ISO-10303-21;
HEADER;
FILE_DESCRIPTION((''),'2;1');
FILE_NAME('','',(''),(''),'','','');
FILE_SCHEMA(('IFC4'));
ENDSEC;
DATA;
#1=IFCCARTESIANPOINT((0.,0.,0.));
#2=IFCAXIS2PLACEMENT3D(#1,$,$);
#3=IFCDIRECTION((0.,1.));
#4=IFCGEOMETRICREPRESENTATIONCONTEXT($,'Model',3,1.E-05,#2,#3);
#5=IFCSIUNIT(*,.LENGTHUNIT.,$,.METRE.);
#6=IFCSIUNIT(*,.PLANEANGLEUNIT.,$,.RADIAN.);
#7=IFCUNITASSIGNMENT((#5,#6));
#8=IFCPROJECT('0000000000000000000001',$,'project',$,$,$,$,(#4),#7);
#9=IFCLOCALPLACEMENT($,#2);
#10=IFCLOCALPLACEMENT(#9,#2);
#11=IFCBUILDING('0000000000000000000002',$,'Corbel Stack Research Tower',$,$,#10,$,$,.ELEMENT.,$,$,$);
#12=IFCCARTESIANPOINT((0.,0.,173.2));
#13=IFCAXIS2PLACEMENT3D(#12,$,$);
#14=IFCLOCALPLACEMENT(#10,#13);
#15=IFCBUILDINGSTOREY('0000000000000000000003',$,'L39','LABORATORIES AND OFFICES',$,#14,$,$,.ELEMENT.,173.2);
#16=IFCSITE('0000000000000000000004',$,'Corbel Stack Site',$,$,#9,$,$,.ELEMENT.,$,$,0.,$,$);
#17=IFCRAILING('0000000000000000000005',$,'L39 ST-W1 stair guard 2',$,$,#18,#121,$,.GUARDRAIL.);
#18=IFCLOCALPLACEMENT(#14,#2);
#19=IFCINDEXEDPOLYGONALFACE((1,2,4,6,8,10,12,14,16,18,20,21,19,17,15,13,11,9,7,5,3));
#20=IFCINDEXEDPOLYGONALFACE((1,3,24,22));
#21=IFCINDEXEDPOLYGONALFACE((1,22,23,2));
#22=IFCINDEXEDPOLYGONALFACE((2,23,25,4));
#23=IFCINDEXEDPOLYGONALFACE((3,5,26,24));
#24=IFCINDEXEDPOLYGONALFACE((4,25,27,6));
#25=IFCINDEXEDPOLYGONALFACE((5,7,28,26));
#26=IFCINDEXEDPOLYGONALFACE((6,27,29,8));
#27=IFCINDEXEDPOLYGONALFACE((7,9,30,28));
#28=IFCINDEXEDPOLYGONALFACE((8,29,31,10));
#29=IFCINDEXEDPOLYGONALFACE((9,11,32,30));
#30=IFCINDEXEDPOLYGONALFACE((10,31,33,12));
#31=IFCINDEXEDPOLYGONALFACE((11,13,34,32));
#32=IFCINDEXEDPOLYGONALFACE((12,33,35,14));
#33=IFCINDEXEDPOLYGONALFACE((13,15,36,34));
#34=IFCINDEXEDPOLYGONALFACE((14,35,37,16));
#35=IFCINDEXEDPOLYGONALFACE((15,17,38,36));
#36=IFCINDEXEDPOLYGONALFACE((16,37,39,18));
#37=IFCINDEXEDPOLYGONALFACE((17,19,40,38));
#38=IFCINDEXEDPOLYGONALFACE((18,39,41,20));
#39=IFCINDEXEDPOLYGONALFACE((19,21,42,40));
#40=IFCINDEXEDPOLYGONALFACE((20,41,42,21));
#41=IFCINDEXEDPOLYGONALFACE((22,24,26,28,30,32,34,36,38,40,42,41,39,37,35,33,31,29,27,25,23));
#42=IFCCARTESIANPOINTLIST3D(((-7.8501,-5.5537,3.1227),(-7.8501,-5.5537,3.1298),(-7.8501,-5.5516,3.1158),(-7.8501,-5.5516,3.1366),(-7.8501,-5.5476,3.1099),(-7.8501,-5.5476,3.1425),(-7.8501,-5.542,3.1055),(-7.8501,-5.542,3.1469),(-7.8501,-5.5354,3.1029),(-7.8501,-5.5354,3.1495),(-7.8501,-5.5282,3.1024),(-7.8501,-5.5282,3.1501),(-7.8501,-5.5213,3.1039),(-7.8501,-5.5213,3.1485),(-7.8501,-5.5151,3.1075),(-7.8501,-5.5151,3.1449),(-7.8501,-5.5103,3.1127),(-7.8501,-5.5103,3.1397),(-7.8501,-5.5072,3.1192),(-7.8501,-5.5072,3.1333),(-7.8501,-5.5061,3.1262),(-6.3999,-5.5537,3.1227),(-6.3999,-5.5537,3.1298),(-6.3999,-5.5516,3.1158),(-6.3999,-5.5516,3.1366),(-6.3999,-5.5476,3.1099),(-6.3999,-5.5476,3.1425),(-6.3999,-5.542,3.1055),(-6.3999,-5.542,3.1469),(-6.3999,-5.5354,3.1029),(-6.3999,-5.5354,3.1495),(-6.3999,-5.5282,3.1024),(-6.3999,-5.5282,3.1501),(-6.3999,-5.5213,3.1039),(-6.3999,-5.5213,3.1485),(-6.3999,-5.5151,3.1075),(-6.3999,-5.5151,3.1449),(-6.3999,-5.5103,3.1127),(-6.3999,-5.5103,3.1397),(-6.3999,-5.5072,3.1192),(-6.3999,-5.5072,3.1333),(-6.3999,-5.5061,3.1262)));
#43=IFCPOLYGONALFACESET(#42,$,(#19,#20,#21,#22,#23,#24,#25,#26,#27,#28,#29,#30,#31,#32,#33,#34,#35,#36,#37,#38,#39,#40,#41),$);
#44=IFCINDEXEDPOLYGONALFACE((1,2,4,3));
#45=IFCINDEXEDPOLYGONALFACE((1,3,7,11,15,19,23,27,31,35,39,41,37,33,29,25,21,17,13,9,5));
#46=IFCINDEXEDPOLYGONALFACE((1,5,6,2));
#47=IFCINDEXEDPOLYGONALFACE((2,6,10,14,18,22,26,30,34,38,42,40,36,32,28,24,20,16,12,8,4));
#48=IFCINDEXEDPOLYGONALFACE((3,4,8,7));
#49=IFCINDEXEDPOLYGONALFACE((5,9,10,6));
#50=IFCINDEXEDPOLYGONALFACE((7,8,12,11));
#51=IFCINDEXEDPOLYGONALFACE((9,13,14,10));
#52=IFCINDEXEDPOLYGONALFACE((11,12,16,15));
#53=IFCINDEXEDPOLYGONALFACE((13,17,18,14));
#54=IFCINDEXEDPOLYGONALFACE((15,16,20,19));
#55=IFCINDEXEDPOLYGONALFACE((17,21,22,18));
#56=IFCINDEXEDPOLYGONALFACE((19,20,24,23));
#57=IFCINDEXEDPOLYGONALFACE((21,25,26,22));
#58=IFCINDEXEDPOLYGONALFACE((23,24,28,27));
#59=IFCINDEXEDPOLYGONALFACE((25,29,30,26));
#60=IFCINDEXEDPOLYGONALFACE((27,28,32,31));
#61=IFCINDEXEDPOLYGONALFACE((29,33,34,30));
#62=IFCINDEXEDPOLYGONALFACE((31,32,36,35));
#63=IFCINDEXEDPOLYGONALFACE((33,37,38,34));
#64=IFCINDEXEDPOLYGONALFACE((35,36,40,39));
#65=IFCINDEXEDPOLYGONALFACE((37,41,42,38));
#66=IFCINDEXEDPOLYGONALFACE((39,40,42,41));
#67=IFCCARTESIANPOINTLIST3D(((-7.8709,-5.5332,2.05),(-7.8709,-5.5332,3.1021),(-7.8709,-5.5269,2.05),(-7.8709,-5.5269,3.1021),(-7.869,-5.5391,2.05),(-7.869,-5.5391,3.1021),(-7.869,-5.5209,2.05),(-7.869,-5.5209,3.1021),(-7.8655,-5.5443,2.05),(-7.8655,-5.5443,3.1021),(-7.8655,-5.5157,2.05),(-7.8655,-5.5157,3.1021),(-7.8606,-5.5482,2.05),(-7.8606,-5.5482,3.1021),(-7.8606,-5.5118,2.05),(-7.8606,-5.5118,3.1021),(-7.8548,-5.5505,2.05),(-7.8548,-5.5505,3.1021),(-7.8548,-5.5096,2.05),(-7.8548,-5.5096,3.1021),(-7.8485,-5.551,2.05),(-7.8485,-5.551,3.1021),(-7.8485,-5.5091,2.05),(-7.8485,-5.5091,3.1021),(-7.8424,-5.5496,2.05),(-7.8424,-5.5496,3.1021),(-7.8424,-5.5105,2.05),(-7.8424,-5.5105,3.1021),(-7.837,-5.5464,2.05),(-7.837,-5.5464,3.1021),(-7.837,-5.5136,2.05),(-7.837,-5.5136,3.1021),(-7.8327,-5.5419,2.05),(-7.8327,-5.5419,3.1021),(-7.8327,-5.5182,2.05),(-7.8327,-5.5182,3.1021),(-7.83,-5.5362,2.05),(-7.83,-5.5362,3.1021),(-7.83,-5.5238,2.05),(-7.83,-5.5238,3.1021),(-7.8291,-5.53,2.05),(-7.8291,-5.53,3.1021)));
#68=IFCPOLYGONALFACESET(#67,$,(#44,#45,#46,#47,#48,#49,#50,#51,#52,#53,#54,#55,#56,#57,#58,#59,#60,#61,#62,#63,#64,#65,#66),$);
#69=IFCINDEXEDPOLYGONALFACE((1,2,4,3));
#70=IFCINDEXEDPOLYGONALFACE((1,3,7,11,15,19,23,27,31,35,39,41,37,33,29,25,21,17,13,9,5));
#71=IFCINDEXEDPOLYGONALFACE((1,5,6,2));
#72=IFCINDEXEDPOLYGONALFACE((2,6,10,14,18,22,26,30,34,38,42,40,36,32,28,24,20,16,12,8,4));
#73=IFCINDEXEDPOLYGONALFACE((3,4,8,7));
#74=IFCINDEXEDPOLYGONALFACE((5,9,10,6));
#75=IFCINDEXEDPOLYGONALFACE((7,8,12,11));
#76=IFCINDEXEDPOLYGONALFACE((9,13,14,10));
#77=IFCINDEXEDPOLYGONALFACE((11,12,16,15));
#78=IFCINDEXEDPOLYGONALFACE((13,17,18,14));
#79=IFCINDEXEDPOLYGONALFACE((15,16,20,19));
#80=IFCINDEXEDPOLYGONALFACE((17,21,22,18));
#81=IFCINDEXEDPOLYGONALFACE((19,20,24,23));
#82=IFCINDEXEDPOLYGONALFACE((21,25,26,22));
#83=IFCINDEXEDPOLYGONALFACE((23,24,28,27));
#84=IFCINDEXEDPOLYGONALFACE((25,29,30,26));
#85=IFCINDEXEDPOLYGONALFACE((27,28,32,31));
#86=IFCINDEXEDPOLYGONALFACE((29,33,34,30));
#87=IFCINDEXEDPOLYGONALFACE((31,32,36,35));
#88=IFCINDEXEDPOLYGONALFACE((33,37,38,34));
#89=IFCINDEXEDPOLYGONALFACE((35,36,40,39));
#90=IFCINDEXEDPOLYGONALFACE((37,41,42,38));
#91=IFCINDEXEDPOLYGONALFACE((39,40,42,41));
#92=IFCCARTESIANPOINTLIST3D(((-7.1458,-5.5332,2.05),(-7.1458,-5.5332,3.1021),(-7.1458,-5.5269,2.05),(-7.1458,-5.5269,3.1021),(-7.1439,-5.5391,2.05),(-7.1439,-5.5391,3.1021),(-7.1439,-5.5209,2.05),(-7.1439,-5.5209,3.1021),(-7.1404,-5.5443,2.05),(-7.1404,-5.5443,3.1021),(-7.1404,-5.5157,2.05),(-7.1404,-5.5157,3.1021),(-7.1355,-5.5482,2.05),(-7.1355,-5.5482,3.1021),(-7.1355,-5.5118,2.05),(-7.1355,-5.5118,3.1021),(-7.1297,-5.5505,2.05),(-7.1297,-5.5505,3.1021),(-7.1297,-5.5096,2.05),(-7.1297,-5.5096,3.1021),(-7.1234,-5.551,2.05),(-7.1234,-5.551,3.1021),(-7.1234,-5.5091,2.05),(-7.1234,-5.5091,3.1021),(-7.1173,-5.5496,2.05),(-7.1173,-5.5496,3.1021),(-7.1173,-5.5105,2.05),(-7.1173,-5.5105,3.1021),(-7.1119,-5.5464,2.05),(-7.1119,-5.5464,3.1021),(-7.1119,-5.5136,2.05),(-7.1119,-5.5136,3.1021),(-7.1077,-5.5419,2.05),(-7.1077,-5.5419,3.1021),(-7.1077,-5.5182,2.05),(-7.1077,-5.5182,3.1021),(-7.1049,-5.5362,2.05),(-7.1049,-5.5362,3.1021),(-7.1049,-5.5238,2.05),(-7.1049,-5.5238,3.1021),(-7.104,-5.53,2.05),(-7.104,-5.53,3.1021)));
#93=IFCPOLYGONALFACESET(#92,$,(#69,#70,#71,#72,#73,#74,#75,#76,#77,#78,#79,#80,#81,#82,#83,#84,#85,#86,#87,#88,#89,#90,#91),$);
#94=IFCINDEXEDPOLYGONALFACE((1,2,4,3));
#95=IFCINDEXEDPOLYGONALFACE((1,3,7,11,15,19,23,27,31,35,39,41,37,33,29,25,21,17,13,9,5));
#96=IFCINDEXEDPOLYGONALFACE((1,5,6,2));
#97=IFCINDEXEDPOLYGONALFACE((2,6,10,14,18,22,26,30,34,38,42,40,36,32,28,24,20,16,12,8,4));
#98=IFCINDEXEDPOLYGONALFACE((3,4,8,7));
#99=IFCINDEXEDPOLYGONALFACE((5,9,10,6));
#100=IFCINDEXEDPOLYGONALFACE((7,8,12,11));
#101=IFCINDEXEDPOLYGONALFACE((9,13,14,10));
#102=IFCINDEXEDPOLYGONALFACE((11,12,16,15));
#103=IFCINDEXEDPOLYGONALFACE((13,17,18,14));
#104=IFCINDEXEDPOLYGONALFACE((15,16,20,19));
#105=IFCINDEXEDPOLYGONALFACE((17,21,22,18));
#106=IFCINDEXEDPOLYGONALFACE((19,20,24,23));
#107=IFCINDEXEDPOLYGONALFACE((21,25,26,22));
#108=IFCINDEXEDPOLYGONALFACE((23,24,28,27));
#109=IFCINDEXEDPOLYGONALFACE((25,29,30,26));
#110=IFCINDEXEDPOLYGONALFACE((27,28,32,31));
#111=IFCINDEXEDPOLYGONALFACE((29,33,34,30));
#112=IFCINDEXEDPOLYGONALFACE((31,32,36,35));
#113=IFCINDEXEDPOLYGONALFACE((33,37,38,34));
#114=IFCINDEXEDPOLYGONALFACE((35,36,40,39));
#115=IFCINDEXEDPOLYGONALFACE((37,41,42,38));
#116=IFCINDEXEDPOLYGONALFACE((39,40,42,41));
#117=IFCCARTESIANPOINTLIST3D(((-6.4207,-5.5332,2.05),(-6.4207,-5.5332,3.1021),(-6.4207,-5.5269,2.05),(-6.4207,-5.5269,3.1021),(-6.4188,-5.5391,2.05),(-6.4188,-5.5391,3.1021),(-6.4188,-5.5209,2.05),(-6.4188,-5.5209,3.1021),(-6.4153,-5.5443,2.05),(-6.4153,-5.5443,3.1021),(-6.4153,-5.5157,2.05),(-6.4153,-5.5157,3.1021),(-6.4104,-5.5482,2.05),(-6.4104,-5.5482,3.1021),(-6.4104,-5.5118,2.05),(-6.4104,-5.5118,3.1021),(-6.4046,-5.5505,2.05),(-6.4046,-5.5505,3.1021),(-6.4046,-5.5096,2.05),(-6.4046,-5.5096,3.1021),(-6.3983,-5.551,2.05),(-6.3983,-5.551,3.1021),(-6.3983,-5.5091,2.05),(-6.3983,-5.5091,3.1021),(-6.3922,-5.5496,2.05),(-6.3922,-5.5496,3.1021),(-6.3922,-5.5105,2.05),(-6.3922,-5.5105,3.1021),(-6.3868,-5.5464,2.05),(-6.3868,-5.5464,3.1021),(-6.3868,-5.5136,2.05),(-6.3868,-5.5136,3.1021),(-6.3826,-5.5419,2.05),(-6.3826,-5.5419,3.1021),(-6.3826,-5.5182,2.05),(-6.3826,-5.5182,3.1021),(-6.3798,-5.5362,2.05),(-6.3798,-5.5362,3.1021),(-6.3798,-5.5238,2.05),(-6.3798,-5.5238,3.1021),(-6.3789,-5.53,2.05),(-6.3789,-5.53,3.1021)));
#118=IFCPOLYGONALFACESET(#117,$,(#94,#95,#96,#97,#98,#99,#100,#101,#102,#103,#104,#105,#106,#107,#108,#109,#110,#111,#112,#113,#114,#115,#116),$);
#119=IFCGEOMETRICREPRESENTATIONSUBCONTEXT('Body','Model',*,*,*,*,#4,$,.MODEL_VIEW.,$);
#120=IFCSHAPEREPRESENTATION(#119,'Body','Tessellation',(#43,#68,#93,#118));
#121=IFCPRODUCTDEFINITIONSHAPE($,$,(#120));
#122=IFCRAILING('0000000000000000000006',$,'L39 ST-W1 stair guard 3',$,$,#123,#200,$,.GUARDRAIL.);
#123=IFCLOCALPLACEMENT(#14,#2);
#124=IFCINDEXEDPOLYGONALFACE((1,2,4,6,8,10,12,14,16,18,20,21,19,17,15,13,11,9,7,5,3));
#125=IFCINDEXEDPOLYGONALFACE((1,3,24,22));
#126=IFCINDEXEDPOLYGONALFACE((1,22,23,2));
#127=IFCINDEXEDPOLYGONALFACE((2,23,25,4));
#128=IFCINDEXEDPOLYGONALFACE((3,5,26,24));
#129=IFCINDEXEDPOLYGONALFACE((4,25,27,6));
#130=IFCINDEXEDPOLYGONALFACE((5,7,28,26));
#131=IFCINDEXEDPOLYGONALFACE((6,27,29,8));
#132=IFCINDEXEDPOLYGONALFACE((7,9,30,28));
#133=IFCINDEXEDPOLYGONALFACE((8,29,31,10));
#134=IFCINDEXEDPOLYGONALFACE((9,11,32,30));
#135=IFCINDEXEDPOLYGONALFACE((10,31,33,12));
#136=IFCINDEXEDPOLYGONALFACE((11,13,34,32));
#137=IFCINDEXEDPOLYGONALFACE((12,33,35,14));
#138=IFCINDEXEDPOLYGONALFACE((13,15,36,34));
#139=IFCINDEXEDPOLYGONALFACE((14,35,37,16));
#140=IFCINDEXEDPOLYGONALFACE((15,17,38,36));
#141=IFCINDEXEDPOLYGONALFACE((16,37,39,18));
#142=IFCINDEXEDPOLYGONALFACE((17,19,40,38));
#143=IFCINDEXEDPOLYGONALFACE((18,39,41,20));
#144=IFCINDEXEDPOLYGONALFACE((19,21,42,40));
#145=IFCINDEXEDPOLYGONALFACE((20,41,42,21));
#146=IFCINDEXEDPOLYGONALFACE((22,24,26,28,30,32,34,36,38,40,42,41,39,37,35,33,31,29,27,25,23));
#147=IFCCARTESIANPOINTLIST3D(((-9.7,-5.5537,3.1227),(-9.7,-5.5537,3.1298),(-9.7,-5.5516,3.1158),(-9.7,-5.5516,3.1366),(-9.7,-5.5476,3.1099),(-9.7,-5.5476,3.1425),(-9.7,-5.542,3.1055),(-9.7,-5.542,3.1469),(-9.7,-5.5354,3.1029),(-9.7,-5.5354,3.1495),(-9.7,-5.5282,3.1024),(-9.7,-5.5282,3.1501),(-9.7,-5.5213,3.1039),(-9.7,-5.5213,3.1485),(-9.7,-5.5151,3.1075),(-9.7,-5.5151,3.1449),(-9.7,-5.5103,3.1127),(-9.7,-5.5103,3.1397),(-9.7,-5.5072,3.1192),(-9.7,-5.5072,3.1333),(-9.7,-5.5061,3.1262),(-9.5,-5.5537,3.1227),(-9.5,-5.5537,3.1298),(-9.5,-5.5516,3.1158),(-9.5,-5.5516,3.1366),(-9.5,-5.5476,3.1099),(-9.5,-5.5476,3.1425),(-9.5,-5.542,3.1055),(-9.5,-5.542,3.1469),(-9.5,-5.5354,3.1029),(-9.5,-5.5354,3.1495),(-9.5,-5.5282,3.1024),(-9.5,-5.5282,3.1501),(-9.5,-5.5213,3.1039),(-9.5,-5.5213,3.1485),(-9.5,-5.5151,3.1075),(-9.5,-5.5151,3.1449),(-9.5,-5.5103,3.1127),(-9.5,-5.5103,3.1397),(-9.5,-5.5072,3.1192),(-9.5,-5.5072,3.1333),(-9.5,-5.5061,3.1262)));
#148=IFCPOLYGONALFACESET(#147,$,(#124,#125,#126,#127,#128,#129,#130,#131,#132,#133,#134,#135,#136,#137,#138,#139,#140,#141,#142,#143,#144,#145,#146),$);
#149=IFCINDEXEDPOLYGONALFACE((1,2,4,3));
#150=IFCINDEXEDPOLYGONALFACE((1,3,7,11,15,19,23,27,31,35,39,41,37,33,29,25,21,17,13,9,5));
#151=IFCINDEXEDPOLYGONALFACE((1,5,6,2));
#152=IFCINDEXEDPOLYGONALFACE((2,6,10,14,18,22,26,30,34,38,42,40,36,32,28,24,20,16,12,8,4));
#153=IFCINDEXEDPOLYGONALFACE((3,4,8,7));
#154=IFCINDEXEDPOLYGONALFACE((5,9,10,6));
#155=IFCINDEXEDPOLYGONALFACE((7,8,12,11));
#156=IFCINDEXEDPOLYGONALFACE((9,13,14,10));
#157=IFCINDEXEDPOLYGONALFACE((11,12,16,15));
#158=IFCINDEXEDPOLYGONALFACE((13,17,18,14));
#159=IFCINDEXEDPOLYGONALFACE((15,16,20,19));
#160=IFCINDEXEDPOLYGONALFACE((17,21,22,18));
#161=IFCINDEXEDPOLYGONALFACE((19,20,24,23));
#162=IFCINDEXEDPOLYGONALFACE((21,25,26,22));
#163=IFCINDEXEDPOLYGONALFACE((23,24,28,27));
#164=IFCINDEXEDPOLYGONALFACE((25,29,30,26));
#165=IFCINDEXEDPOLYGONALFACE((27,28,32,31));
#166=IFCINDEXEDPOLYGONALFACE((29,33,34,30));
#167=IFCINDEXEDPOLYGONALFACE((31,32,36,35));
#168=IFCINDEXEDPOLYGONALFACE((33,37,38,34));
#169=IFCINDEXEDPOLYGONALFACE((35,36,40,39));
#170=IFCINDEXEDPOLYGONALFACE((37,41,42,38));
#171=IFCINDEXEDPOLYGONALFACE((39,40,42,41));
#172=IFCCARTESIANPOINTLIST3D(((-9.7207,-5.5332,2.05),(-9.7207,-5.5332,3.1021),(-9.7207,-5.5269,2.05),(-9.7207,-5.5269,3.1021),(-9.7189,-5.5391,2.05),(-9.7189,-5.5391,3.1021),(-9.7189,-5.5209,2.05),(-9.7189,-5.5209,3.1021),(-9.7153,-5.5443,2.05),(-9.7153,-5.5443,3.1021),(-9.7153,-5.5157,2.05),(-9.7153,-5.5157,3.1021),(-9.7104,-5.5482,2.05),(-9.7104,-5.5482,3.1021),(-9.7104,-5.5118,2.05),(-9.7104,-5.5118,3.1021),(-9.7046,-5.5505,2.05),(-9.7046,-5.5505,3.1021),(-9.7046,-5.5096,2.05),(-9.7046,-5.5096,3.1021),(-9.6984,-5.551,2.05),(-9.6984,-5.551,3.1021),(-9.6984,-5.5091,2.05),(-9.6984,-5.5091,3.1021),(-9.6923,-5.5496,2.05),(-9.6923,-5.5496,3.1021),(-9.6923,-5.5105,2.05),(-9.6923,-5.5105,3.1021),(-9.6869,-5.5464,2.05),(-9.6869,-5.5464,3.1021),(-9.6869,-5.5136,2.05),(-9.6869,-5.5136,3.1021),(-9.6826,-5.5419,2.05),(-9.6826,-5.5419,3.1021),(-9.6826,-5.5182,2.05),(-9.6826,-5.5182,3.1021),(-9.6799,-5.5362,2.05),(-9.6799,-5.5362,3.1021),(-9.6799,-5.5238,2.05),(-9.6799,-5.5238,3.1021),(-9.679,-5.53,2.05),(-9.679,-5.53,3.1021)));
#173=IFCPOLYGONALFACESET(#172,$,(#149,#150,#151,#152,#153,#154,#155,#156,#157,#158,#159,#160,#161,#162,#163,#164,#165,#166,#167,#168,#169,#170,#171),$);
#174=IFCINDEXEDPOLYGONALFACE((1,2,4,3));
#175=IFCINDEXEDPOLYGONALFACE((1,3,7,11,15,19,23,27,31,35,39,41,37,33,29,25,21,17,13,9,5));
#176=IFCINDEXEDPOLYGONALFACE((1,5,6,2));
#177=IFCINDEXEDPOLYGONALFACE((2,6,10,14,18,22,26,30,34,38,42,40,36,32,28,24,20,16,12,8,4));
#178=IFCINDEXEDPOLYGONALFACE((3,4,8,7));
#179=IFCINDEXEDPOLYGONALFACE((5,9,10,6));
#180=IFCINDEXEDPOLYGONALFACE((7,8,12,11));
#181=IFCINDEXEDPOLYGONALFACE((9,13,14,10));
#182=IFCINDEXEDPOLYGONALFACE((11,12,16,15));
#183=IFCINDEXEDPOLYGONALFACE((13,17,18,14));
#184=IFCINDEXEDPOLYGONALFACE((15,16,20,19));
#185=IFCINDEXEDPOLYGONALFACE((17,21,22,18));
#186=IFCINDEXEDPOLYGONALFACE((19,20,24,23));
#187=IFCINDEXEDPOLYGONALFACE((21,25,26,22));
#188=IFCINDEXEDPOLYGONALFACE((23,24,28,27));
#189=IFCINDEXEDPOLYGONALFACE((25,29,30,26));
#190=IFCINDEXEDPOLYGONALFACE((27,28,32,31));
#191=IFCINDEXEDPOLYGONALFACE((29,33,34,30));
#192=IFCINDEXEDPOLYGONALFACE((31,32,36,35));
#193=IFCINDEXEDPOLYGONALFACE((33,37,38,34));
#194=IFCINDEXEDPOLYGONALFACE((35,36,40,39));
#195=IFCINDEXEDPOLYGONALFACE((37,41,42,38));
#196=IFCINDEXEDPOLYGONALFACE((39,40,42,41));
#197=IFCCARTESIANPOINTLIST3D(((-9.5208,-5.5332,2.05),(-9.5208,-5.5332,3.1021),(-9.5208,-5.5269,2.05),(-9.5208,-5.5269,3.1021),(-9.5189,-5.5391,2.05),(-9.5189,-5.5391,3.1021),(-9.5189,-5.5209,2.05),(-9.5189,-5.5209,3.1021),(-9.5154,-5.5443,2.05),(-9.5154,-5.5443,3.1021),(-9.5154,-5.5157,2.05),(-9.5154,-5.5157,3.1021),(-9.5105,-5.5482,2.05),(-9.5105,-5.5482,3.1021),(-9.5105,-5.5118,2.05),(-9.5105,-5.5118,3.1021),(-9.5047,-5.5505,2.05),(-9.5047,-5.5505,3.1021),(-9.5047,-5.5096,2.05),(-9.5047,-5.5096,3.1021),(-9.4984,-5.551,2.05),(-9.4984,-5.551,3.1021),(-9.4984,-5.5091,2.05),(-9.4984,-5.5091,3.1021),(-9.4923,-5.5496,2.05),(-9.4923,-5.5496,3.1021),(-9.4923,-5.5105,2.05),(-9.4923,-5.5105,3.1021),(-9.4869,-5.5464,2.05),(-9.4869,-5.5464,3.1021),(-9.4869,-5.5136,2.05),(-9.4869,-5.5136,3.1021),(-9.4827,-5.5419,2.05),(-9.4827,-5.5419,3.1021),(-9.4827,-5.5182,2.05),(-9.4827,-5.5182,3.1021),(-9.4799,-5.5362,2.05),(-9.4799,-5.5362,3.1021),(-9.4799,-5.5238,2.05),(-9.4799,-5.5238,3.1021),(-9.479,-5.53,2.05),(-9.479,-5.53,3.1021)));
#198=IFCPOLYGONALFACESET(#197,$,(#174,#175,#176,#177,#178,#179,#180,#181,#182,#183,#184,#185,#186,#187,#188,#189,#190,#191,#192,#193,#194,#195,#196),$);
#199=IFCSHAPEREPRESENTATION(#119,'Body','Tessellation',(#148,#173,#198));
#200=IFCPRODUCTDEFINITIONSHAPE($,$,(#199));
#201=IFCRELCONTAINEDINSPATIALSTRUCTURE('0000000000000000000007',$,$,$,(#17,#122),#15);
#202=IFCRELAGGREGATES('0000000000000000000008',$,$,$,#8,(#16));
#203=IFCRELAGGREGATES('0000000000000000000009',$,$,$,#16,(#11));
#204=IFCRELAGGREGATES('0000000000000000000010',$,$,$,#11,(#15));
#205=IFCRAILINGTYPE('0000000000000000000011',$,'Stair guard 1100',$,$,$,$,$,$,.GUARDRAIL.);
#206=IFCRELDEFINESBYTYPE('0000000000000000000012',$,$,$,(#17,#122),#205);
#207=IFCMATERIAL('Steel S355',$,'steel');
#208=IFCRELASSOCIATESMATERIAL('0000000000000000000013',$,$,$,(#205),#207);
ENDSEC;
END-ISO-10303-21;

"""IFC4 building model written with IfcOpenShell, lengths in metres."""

from ifc_helpers import new_model, si_unit, direction, frame, origin, origin_2d, place, context, subcontext, project, spatial, circle, extrude, material, type_object, element, save


model = new_model("IFC4")

# Units and contexts
model_context = context("Model", 3, precision=1e-05, world=origin(), true_north=direction((0.0, 1.0)))
body_context = subcontext(model_context, "Body", "Model", "MODEL_VIEW")
ifc_project = project(units=[si_unit("LENGTHUNIT", "METRE"), si_unit("PLANEANGLEUNIT", "RADIAN")], contexts=[model_context])

# Site, building, storey
site_placement = place(None, origin())
site = spatial("IfcSite", under=ifc_project, at=site_placement, Name="Corbel Stack Site", CompositionType="ELEMENT", RefElevation=0.0)
building_placement = place(site_placement, origin())
building = spatial("IfcBuilding", under=site, at=building_placement, Name="Corbel Stack Research Tower", CompositionType="ELEMENT")
storey_placement = place(building_placement, frame((0.0, 0.0, 173.2)))
storey = spatial("IfcBuildingStorey", under=building, at=storey_placement, Name="L39", Description="LABORATORIES AND OFFICES", CompositionType="ELEMENT", Elevation=173.2)

# Railings
ifc_material_1 = material(Name="Steel S355", Category="steel")
railing_type_1 = type_object("IfcRailingType", Name="Stair guard 1100", PredefinedType="GUARDRAIL", material=ifc_material_1)
railing_1_placement = place(storey_placement, frame((-7.8501, -5.53, 2.05)))
element("IfcRailing", 1, at=railing_1_placement, inside=storey, type_object=railing_type_1, Name="L39 ST-W1 stair guard 2", PredefinedType="GUARDRAIL", context=body_context, shape_type="SweptSolid", body=[
    extrude(circle(Radius=0.0239, at=origin_2d()), frame((0.0, 0.0, 1.0762), z_axis=(1.0, 0.0, 0.0), x_axis=(0.0, 1.0, 0.0)), (0.0, 0.0, 1.0), 1.4502),
    extrude(circle(Radius=0.021, at=origin_2d()), origin(), (0.0, 0.0, 1.0), 1.052),
    extrude(circle(Radius=0.021, at=origin_2d()), frame((0.7251, 0.0, 0.0)), (0.0, 0.0, 1.0), 1.052),
    extrude(circle(Radius=0.021, at=origin_2d()), frame((1.4502, 0.0, 0.0)), (0.0, 0.0, 1.0), 1.052),
])
railing_2_placement = place(storey_placement, frame((-9.7, -5.53, 2.05)))
element("IfcRailing", 2, at=railing_2_placement, inside=storey, type_object=railing_type_1, Name="L39 ST-W1 stair guard 3", PredefinedType="GUARDRAIL", context=body_context, shape_type="SweptSolid", body=[
    extrude(circle(Radius=0.0239, at=origin_2d()), frame((0.0, 0.0, 1.0762), z_axis=(1.0, 0.0, 0.0), x_axis=(0.0, 1.0, 0.0)), (0.0, 0.0, 1.0), 0.2),
    extrude(circle(Radius=0.021, at=origin_2d()), origin(), (0.0, 0.0, 1.0), 1.052),
    extrude(circle(Radius=0.021, at=origin_2d()), frame((0.2, 0.0, 0.0)), (0.0, 0.0, 1.0), 1.052),
])

save(model, "model.ifc")
